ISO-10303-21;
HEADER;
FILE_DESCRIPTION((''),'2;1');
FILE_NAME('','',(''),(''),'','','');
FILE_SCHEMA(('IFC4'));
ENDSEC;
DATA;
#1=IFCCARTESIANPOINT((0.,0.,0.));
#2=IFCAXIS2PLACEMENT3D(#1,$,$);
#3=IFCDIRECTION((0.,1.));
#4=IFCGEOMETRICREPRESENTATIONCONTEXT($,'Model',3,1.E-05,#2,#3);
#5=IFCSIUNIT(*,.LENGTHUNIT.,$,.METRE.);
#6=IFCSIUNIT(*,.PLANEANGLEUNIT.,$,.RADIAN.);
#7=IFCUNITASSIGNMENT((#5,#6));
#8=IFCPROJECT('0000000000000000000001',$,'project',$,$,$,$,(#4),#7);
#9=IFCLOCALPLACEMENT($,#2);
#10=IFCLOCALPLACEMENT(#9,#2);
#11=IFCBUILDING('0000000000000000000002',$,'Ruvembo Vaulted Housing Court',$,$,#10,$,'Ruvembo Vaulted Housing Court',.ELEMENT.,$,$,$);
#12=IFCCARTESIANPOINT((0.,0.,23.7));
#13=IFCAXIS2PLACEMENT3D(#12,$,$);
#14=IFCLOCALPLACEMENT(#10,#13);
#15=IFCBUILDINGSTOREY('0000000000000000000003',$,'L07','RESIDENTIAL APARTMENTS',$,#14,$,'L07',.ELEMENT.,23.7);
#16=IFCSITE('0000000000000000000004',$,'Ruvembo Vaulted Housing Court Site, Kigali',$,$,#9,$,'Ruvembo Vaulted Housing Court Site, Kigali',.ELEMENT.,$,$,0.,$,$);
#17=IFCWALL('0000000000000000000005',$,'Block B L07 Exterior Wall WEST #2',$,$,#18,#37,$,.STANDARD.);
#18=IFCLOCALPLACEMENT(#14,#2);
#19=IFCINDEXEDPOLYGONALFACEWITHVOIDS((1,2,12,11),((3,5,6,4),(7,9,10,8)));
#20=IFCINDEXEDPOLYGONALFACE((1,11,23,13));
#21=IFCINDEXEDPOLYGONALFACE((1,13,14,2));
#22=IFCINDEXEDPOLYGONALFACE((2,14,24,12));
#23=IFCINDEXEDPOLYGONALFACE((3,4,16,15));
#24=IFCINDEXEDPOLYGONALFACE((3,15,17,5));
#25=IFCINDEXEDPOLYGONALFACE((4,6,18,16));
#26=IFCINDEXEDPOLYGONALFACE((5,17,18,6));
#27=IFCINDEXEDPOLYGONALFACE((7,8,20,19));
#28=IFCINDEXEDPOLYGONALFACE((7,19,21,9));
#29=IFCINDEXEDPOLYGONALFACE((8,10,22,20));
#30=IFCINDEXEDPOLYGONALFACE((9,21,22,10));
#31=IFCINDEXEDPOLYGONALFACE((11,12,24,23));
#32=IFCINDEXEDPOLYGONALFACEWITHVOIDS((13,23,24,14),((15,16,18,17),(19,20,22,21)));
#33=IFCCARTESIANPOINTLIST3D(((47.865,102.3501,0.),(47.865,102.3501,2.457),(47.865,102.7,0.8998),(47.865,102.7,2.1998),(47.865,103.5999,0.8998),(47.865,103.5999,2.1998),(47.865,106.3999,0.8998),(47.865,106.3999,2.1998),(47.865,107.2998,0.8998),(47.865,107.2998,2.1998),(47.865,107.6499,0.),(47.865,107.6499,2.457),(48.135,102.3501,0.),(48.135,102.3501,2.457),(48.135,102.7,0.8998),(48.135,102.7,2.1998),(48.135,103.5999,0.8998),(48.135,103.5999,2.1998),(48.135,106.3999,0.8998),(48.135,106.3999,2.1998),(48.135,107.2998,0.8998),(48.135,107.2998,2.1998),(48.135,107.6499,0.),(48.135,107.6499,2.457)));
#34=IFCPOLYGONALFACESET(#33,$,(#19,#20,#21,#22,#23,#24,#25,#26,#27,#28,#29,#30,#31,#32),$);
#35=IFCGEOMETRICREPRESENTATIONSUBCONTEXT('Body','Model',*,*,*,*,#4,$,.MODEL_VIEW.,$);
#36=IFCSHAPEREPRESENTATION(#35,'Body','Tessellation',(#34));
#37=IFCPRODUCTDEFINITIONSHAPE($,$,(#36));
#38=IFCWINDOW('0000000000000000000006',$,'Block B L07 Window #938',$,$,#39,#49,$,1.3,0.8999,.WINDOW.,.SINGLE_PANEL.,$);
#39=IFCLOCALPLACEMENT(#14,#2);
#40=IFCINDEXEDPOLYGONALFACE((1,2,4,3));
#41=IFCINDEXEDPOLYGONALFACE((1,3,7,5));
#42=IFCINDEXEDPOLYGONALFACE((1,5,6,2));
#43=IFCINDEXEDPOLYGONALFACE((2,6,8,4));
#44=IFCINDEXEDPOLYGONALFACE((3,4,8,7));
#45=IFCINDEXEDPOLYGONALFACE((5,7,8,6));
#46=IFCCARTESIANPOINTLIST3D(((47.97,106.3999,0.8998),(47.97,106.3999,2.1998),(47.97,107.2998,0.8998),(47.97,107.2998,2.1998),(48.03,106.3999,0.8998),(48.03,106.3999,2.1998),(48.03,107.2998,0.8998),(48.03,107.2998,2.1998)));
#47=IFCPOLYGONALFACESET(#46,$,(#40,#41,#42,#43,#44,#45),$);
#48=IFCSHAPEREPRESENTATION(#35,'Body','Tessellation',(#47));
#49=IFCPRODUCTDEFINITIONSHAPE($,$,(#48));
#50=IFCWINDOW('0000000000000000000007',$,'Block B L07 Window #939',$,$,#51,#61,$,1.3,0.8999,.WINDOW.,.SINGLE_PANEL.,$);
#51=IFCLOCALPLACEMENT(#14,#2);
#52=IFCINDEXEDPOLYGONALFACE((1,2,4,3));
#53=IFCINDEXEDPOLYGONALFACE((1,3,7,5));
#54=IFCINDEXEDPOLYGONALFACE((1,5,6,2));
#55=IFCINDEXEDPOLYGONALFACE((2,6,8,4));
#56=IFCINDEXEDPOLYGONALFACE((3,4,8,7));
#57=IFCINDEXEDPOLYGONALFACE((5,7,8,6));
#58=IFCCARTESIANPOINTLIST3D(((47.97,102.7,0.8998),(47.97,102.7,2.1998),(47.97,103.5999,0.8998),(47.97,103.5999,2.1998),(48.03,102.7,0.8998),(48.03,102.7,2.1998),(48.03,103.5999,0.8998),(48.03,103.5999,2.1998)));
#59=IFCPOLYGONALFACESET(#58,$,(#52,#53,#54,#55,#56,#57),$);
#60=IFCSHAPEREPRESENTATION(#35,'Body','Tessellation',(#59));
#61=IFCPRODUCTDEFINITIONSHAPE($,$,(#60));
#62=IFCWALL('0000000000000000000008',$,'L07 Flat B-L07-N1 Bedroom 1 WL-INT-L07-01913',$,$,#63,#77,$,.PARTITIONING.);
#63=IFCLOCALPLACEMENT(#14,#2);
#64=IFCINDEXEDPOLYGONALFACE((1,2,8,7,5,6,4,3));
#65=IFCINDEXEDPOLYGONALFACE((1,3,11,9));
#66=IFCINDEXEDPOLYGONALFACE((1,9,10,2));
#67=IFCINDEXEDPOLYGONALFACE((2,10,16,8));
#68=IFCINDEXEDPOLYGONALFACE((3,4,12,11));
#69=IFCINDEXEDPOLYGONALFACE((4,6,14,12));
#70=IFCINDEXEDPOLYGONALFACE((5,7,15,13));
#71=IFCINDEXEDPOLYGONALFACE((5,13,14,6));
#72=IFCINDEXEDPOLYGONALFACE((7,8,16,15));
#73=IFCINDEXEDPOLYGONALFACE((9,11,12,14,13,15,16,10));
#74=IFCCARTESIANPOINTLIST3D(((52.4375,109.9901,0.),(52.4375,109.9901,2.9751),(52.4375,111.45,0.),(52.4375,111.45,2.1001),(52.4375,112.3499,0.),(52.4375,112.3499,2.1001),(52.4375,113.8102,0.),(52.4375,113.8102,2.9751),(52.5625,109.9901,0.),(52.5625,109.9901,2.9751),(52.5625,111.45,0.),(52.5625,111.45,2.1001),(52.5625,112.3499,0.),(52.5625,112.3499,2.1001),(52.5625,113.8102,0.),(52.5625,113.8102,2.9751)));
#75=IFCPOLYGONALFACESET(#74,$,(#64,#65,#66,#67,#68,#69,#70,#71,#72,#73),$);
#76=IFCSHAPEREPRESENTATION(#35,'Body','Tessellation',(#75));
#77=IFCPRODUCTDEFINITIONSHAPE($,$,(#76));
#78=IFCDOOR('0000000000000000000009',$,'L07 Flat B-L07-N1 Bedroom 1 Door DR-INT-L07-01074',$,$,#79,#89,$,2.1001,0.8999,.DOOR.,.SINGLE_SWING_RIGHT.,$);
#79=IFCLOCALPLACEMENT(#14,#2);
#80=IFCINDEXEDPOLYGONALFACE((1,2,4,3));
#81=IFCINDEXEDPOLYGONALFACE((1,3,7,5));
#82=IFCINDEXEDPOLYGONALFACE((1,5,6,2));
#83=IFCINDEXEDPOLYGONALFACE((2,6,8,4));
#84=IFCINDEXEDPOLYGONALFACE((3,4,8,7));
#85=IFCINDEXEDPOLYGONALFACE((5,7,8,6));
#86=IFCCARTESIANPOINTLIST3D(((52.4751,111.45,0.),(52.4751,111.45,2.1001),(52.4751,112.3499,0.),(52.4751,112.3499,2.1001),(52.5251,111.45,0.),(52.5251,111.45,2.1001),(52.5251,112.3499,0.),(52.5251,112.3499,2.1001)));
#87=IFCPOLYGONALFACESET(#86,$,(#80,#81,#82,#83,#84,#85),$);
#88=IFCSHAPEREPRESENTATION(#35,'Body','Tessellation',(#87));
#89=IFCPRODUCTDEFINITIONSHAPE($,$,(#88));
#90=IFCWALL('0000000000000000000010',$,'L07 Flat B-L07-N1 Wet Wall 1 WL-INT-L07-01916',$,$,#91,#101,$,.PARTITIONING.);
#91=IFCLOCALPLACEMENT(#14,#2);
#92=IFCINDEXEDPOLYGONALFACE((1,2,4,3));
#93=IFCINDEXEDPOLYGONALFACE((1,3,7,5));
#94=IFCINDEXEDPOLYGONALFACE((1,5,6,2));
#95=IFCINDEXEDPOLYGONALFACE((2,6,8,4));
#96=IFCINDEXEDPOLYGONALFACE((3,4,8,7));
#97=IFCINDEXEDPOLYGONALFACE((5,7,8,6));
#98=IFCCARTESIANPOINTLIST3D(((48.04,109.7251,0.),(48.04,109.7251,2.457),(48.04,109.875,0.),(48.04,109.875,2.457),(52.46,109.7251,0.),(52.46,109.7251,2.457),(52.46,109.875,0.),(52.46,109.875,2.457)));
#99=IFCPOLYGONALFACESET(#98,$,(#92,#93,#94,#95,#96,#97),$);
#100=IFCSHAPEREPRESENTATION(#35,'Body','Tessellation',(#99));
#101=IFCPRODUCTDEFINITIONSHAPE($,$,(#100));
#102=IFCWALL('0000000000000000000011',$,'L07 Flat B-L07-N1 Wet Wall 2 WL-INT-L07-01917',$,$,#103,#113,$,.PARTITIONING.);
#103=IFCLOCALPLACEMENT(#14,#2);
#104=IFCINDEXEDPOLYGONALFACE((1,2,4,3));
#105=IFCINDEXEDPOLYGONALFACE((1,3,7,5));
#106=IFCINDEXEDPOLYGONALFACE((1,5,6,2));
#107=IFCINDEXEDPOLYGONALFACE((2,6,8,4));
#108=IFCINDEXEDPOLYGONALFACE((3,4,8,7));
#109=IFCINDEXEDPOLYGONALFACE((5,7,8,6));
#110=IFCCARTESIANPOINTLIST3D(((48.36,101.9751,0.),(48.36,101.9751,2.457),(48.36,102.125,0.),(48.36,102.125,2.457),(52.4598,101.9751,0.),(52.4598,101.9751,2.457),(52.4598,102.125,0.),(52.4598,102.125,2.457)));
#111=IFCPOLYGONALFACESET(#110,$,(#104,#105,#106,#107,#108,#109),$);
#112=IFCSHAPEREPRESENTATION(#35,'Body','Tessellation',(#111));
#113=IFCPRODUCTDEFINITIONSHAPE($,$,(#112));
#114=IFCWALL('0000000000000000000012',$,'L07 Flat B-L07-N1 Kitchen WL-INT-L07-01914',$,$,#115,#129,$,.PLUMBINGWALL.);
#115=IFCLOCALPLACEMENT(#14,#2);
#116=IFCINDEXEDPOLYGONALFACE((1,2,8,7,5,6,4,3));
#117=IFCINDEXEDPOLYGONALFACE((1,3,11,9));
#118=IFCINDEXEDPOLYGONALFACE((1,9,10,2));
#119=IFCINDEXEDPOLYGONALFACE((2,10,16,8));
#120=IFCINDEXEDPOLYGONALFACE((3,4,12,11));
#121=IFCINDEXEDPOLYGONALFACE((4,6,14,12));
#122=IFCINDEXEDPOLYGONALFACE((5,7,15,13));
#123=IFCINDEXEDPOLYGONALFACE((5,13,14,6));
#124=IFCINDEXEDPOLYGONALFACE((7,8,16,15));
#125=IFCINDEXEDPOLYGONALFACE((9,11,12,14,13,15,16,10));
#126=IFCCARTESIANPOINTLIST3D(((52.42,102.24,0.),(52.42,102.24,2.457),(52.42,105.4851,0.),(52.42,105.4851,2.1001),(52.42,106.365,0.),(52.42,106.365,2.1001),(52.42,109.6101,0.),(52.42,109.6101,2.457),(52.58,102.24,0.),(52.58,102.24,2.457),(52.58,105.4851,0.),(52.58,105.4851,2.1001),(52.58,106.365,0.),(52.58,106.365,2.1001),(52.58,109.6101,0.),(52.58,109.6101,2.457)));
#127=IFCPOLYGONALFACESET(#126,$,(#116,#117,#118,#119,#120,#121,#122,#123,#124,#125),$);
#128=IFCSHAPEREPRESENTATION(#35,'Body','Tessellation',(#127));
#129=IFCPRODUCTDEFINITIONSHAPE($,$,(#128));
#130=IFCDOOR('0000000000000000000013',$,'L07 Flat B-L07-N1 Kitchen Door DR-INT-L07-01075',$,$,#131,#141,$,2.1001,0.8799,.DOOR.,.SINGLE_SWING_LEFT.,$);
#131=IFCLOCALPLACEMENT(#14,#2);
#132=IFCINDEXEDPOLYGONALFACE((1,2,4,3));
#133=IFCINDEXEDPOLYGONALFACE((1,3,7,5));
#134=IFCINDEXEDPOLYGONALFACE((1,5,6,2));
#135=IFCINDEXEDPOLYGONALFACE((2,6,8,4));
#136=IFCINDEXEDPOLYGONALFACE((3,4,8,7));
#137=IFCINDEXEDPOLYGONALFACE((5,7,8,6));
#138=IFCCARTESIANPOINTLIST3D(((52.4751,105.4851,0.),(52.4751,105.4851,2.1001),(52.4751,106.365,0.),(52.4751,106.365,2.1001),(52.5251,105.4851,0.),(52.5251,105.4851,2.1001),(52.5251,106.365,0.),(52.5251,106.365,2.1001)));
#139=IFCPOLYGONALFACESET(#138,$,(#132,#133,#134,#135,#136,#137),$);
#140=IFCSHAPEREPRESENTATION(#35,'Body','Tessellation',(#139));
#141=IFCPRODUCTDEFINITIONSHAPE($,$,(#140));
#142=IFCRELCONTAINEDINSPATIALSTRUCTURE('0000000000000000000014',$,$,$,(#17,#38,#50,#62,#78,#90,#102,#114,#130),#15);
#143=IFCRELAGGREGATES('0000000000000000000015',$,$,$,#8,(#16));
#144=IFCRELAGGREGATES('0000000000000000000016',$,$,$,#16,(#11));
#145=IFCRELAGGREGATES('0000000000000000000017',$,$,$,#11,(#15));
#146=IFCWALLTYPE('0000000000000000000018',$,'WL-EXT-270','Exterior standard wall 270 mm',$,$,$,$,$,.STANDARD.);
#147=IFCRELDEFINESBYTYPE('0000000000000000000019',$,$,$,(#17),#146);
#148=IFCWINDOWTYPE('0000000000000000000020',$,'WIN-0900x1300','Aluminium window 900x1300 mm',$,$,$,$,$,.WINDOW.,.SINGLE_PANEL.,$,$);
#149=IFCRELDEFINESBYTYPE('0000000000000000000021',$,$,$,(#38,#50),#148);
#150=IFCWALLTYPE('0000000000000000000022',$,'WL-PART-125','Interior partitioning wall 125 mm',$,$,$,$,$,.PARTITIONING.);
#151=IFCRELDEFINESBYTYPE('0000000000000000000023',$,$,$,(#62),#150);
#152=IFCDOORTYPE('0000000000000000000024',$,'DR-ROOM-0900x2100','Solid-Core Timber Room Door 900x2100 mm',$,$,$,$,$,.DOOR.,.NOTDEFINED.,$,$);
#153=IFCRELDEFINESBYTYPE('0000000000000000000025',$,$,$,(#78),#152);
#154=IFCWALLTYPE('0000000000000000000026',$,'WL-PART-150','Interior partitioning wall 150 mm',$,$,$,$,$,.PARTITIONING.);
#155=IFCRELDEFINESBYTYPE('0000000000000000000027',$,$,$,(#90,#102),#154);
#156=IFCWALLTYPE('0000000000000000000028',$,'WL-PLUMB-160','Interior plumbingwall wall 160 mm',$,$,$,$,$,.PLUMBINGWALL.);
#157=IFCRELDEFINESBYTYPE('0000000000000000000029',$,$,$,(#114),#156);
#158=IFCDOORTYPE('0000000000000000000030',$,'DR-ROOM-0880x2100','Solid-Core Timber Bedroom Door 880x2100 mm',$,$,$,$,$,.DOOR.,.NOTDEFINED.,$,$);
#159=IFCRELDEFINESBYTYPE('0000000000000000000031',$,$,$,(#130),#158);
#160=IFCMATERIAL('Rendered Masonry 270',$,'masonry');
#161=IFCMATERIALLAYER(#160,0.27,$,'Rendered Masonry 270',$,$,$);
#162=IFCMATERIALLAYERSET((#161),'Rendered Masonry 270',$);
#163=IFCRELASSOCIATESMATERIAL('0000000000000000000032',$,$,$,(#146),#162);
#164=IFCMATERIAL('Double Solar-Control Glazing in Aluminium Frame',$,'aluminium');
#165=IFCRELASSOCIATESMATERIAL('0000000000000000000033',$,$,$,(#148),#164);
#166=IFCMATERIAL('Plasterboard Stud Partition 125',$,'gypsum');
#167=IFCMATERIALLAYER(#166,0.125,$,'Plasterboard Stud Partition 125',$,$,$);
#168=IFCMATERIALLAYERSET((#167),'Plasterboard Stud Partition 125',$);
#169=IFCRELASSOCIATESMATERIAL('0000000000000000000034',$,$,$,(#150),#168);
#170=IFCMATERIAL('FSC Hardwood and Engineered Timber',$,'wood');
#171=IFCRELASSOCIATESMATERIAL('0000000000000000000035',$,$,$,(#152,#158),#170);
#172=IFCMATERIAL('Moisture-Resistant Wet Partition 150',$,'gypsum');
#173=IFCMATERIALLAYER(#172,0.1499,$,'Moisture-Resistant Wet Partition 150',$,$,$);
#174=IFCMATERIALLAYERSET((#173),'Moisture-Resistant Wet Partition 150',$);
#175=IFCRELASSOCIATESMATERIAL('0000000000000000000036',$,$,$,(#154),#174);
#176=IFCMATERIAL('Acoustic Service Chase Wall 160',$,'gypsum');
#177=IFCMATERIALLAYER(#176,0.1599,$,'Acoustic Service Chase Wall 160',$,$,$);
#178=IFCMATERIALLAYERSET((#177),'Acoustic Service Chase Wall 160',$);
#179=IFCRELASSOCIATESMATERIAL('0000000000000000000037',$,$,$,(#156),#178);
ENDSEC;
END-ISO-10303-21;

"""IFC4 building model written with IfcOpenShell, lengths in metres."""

from ifc_helpers import new_model, si_unit, direction, frame, frame_2d, origin, place, context, subcontext, project, spatial, rectangle, extrude, material, layer, layer_set, type_object, element, fill, save


model = new_model("IFC4")

# Units and contexts
model_context = context("Model", 3, precision=1e-05, world=origin(), true_north=direction((0.0, 1.0)))
body_context = subcontext(model_context, "Body", "Model", "MODEL_VIEW")
ifc_project = project(units=[si_unit("LENGTHUNIT", "METRE"), si_unit("PLANEANGLEUNIT", "RADIAN")], contexts=[model_context])

# Site, building, storey
site_placement = place(None, origin())
site = spatial("IfcSite", under=ifc_project, at=site_placement, Name="Ruvembo Vaulted Housing Court Site, Kigali", LongName="Ruvembo Vaulted Housing Court Site, Kigali", CompositionType="ELEMENT", RefElevation=0.0)
building_placement = place(site_placement, origin())
building = spatial("IfcBuilding", under=site, at=building_placement, Name="Ruvembo Vaulted Housing Court", LongName="Ruvembo Vaulted Housing Court", CompositionType="ELEMENT")
storey_placement = place(building_placement, frame((0.0, 0.0, 23.7)))
storey = spatial("IfcBuildingStorey", under=building, at=storey_placement, Name="L07", Description="RESIDENTIAL APARTMENTS", LongName="L07", CompositionType="ELEMENT", Elevation=23.7)

# Wall, openings, windows
ifc_material_1 = material(Name="Rendered Masonry 270", Category="masonry")
ifc_layer_1 = layer(ifc_material_1, 0.27, Name="Rendered Masonry 270")
ifc_layer_set_1 = layer_set([ifc_layer_1], Name="Rendered Masonry 270")
wall_type_1 = type_object("IfcWallType", Name="WL-EXT-270", Description="Exterior standard wall 270 mm", PredefinedType="STANDARD", material=ifc_layer_set_1)
ifc_material_2 = material(Name="Double Solar-Control Glazing in Aluminium Frame", Category="aluminium")
wall_1_placement = place(storey_placement, frame((48.0, 107.6499, 0.0), z_axis=(0.0, 0.0, 1.0), x_axis=(0.0, -1.0, 0.0)))
wall_1 = element("IfcWall", 1, at=wall_1_placement, inside=storey, type_object=wall_type_1, Name="Block B L07 Exterior Wall WEST #2", PredefinedType="STANDARD", context=body_context, shape_type="SweptSolid", body=[
    extrude(rectangle(XDim=5.2998, YDim=0.27, at=frame_2d((2.6499, 0.0))), origin(), (0.0, 0.0, 1.0), 2.457),
])
opening_1_placement = place(wall_1_placement, frame((0.3501, 0.0, 0.8999)))
opening_1 = element("IfcOpeningElement", 2, at=opening_1_placement, cuts=wall_1, PredefinedType="OPENING", context=body_context, shape_type="SweptSolid", body=[
    extrude(rectangle(XDim=0.8999, YDim=1.3, at=frame_2d((0.45, 0.6499))), frame((0.0, 0.145, 0.0), z_axis=(0.0, -1.0, 0.0), x_axis=(1.0, 0.0, 0.0)), (0.0, 0.0, 1.0), 0.29),
])
opening_2_placement = place(wall_1_placement, frame((4.05, 0.0, 0.8999)))
opening_2 = element("IfcOpeningElement", 3, at=opening_2_placement, cuts=wall_1, PredefinedType="OPENING", context=body_context, shape_type="SweptSolid", body=[
    extrude(rectangle(XDim=0.8999, YDim=1.3, at=frame_2d((0.45, 0.6499))), frame((0.0, 0.145, 0.0), z_axis=(0.0, -1.0, 0.0), x_axis=(1.0, 0.0, 0.0)), (0.0, 0.0, 1.0), 0.29),
])
window_type_1 = type_object("IfcWindowType", Name="WIN-0900x1300", Description="Aluminium window 900x1300 mm", PartitioningType="SINGLE_PANEL", PredefinedType="WINDOW", material=ifc_material_2)
window_1_placement = place(opening_1_placement, origin())
window_1 = element("IfcWindow", 4, at=window_1_placement, inside=storey, type_object=window_type_1, Name="Block B L07 Window #938", OverallHeight=1.3, OverallWidth=0.8999, PartitioningType="SINGLE_PANEL", PredefinedType="WINDOW", context=body_context, shape_type="SweptSolid", body=[
    extrude(rectangle(XDim=0.8999, YDim=1.3, at=frame_2d((0.45, 0.6499))), frame((0.0, 0.03, 0.0), z_axis=(0.0, -1.0, 0.0), x_axis=(1.0, 0.0, 0.0)), (0.0, 0.0, 1.0), 0.0601),
])
fill(opening_1, window_1)
window_2_placement = place(opening_2_placement, origin())
window_2 = element("IfcWindow", 5, at=window_2_placement, inside=storey, type_object=window_type_1, Name="Block B L07 Window #939", OverallHeight=1.3, OverallWidth=0.8999, PartitioningType="SINGLE_PANEL", PredefinedType="WINDOW", context=body_context, shape_type="SweptSolid", body=[
    extrude(rectangle(XDim=0.8999, YDim=1.3, at=frame_2d((0.45, 0.6499))), frame((0.0, 0.03, 0.0), z_axis=(0.0, -1.0, 0.0), x_axis=(1.0, 0.0, 0.0)), (0.0, 0.0, 1.0), 0.0601),
])
fill(opening_2, window_2)

# Wall, opening, door
ifc_material_3 = material(Name="Plasterboard Stud Partition 125", Category="gypsum")
ifc_layer_2 = layer(ifc_material_3, 0.125, Name="Plasterboard Stud Partition 125")
ifc_layer_set_2 = layer_set([ifc_layer_2], Name="Plasterboard Stud Partition 125")
wall_type_2 = type_object("IfcWallType", Name="WL-PART-125", Description="Interior partitioning wall 125 mm", PredefinedType="PARTITIONING", material=ifc_layer_set_2)
wall_2_placement = place(storey_placement, frame((52.5, 109.99, 0.0), z_axis=(0.0, 0.0, 1.0), x_axis=(0.0, 1.0, 0.0)))
wall_2 = element("IfcWall", 6, at=wall_2_placement, inside=storey, type_object=wall_type_2, Name="L07 Flat B-L07-N1 Bedroom 1 WL-INT-L07-01913", PredefinedType="PARTITIONING", context=body_context, shape_type="SweptSolid", body=[
    extrude(rectangle(XDim=3.8201, YDim=0.125, at=frame_2d((1.9102, 0.0))), origin(), (0.0, 0.0, 1.0), 2.9751),
])
opening_3_placement = place(wall_2_placement, frame((1.46, 0.0, 0.0)))
opening_3 = element("IfcOpeningElement", 7, at=opening_3_placement, cuts=wall_2, PredefinedType="OPENING", context=body_context, shape_type="SweptSolid", body=[
    extrude(rectangle(XDim=0.8999, YDim=2.1001, at=frame_2d((0.45, 1.05))), frame((0.0, 0.0725, 0.0), z_axis=(0.0, -1.0, 0.0), x_axis=(1.0, 0.0, 0.0)), (0.0, 0.0, 1.0), 0.145),
])
ifc_material_4 = material(Name="FSC Hardwood and Engineered Timber", Category="wood")
door_type_1 = type_object("IfcDoorType", Name="DR-ROOM-0900x2100", Description="Solid-Core Timber Room Door 900x2100 mm", OperationType="NOTDEFINED", PredefinedType="DOOR", material=ifc_material_4)
door_1_placement = place(opening_3_placement, origin())
door_1 = element("IfcDoor", 8, at=door_1_placement, inside=storey, type_object=door_type_1, Name="L07 Flat B-L07-N1 Bedroom 1 Door DR-INT-L07-01074", OperationType="SINGLE_SWING_RIGHT", OverallHeight=2.1001, OverallWidth=0.8999, PredefinedType="DOOR", context=body_context, shape_type="SweptSolid", body=[
    extrude(rectangle(XDim=0.8999, YDim=2.1001, at=frame_2d((0.45, 1.05))), frame((0.0, 0.0249, 0.0), z_axis=(0.0, -1.0, 0.0), x_axis=(1.0, 0.0, 0.0)), (0.0, 0.0, 1.0), 0.05),
])
fill(opening_3, door_1)

# Walls
ifc_material_5 = material(Name="Moisture-Resistant Wet Partition 150", Category="gypsum")
ifc_layer_3 = layer(ifc_material_5, 0.1499, Name="Moisture-Resistant Wet Partition 150")
ifc_layer_set_3 = layer_set([ifc_layer_3], Name="Moisture-Resistant Wet Partition 150")
wall_type_3 = type_object("IfcWallType", Name="WL-PART-150", Description="Interior partitioning wall 150 mm", PredefinedType="PARTITIONING", material=ifc_layer_set_3)
wall_3_placement = place(storey_placement, frame((48.04, 109.8, 0.0), z_axis=(0.0, 0.0, 1.0), x_axis=(1.0, 0.0, 0.0)))
element("IfcWall", 9, at=wall_3_placement, inside=storey, type_object=wall_type_3, Name="L07 Flat B-L07-N1 Wet Wall 1 WL-INT-L07-01916", PredefinedType="PARTITIONING", context=body_context, shape_type="SweptSolid", body=[
    extrude(rectangle(XDim=4.4199, YDim=0.1499, at=frame_2d((2.21, 0.0))), origin(), (0.0, 0.0, 1.0), 2.457),
])
wall_4_placement = place(storey_placement, frame((48.3601, 102.05, 0.0), z_axis=(0.0, 0.0, 1.0), x_axis=(1.0, 0.0, 0.0)))
element("IfcWall", 10, at=wall_4_placement, inside=storey, type_object=wall_type_3, Name="L07 Flat B-L07-N1 Wet Wall 2 WL-INT-L07-01917", PredefinedType="PARTITIONING", context=body_context, shape_type="SweptSolid", body=[
    extrude(rectangle(XDim=4.0999, YDim=0.1499, at=frame_2d((2.0498, 0.0))), origin(), (0.0, 0.0, 1.0), 2.457),
])

# Wall, opening, door
ifc_material_6 = material(Name="Acoustic Service Chase Wall 160", Category="gypsum")
ifc_layer_4 = layer(ifc_material_6, 0.1599, Name="Acoustic Service Chase Wall 160")
ifc_layer_set_4 = layer_set([ifc_layer_4], Name="Acoustic Service Chase Wall 160")
wall_type_4 = type_object("IfcWallType", Name="WL-PLUMB-160", Description="Interior plumbingwall wall 160 mm", PredefinedType="PLUMBINGWALL", material=ifc_layer_set_4)
wall_5_placement = place(storey_placement, frame((52.5, 102.24, 0.0), z_axis=(0.0, 0.0, 1.0), x_axis=(0.0, 1.0, 0.0)))
wall_5 = element("IfcWall", 11, at=wall_5_placement, inside=storey, type_object=wall_type_4, Name="L07 Flat B-L07-N1 Kitchen WL-INT-L07-01914", PredefinedType="PLUMBINGWALL", context=body_context, shape_type="SweptSolid", body=[
    extrude(rectangle(XDim=7.3701, YDim=0.1599, at=frame_2d((3.6851, 0.0))), origin(), (0.0, 0.0, 1.0), 2.457),
])
opening_4_placement = place(wall_5_placement, frame((3.2451, 0.0, 0.0)))
opening_4 = element("IfcOpeningElement", 12, at=opening_4_placement, cuts=wall_5, PredefinedType="OPENING", context=body_context, shape_type="SweptSolid", body=[
    extrude(rectangle(XDim=0.8799, YDim=2.1001, at=frame_2d((0.4399, 1.05))), frame((0.0, 0.0898, 0.0), z_axis=(0.0, -1.0, 0.0), x_axis=(1.0, 0.0, 0.0)), (0.0, 0.0, 1.0), 0.1799),
])
door_type_2 = type_object("IfcDoorType", Name="DR-ROOM-0880x2100", Description="Solid-Core Timber Bedroom Door 880x2100 mm", OperationType="NOTDEFINED", PredefinedType="DOOR", material=ifc_material_4)
door_2_placement = place(opening_4_placement, origin())
door_2 = element("IfcDoor", 13, at=door_2_placement, inside=storey, type_object=door_type_2, Name="L07 Flat B-L07-N1 Kitchen Door DR-INT-L07-01075", OperationType="SINGLE_SWING_LEFT", OverallHeight=2.1001, OverallWidth=0.8799, PredefinedType="DOOR", context=body_context, shape_type="SweptSolid", body=[
    extrude(rectangle(XDim=0.8799, YDim=2.1001, at=frame_2d((0.4399, 1.05))), frame((0.0, 0.0249, 0.0), z_axis=(0.0, -1.0, 0.0), x_axis=(1.0, 0.0, 0.0)), (0.0, 0.0, 1.0), 0.05),
])
fill(opening_4, door_2)

save(model, "model.ifc")
